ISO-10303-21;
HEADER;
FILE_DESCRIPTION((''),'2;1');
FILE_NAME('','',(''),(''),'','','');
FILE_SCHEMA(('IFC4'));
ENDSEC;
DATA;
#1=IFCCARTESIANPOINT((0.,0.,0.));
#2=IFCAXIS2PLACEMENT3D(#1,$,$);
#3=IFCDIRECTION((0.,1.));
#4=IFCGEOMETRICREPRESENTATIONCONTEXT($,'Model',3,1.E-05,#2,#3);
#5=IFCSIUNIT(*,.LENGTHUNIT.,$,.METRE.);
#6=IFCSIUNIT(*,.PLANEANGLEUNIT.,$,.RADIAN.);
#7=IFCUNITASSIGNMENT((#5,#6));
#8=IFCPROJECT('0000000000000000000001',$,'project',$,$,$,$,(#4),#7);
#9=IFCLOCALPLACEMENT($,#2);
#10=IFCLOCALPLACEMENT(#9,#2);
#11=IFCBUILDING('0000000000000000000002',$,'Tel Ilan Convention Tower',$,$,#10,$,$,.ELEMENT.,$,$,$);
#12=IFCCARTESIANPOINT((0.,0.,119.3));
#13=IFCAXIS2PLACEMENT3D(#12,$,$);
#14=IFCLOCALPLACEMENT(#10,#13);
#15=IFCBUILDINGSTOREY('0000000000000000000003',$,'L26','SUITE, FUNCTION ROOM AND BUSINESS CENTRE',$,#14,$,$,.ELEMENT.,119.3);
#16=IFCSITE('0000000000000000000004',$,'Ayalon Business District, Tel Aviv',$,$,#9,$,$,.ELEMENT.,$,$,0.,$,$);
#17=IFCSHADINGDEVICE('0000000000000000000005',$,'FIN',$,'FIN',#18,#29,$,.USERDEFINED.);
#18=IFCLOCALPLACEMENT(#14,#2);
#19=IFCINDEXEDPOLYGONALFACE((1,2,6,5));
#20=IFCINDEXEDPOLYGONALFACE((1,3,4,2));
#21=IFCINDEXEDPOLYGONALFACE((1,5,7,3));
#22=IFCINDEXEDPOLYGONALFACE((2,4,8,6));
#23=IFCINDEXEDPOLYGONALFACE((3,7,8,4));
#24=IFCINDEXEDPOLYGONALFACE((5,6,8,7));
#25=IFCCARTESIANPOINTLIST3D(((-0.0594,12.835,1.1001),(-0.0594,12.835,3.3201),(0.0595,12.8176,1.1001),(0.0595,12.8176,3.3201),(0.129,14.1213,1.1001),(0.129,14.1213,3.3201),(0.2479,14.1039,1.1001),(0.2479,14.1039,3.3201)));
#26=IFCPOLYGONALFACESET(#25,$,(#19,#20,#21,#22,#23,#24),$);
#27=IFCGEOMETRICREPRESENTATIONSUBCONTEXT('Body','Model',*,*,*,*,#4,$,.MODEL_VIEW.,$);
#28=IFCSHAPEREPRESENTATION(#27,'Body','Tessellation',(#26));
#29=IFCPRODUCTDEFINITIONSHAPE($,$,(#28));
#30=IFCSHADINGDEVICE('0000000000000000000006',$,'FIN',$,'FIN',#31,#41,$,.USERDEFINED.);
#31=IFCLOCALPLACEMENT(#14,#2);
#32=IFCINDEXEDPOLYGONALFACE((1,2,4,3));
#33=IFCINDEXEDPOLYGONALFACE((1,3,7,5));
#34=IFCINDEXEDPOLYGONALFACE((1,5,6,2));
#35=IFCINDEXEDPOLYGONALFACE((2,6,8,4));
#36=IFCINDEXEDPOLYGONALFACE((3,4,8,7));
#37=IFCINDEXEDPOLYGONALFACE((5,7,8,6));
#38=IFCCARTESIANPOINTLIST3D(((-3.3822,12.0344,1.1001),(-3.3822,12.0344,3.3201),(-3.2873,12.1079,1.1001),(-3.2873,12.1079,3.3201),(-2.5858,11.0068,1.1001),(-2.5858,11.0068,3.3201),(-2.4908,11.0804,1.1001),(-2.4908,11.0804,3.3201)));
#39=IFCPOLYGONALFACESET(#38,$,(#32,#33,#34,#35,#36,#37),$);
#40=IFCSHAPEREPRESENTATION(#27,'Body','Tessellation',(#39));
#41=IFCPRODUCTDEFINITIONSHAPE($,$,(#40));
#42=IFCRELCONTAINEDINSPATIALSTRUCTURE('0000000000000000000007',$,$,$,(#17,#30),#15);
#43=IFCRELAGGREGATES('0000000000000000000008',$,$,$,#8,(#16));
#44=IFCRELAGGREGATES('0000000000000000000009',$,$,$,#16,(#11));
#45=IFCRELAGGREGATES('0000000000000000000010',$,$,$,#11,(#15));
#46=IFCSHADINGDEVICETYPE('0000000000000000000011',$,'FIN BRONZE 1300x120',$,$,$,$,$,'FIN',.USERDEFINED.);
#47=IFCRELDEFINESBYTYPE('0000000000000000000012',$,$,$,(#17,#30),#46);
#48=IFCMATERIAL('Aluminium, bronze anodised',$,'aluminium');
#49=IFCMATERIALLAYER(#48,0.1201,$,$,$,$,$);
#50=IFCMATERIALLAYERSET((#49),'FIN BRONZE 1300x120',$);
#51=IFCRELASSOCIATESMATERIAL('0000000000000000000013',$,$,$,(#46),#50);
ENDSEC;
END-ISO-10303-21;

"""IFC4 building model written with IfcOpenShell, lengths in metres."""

from ifc_helpers import new_model, si_unit, direction, frame, origin, origin_2d, place, context, subcontext, project, spatial, rectangle, extrude, material, layer, layer_set, type_object, element, save


model = new_model("IFC4")

# Units and contexts
model_context = context("Model", 3, precision=1e-05, world=origin(), true_north=direction((0.0, 1.0)))
body_context = subcontext(model_context, "Body", "Model", "MODEL_VIEW")
ifc_project = project(units=[si_unit("LENGTHUNIT", "METRE"), si_unit("PLANEANGLEUNIT", "RADIAN")], contexts=[model_context])

# Site, building, storey
site_placement = place(None, origin())
site = spatial("IfcSite", under=ifc_project, at=site_placement, Name="Ayalon Business District, Tel Aviv", CompositionType="ELEMENT", RefElevation=0.0)
building_placement = place(site_placement, origin())
building = spatial("IfcBuilding", under=site, at=building_placement, Name="Tel Ilan Convention Tower", CompositionType="ELEMENT")
storey_placement = place(building_placement, frame((0.0, 0.0, 119.3)))
storey = spatial("IfcBuildingStorey", under=building, at=storey_placement, Name="L26", Description="SUITE, FUNCTION ROOM AND BUSINESS CENTRE", CompositionType="ELEMENT", Elevation=119.3)

# Shading devices
ifc_material_1 = material(Name="Aluminium, bronze anodised", Category="aluminium")
ifc_layer_1 = layer(ifc_material_1, 0.1201)
ifc_layer_set_1 = layer_set([ifc_layer_1], Name="FIN BRONZE 1300x120")
shading_device_type_1 = type_object("IfcShadingDeviceType", Name="FIN BRONZE 1300x120", ElementType="FIN", PredefinedType="USERDEFINED", material=ifc_layer_set_1)
for number, where, z_axis, x_axis, name in (
    (1, (0.0942, 13.4695, 1.1001), (0.0, 0.0, 1.0), (0.144932, 0.989442, 0.0), "FIN"),
    (2, (-2.9365, 11.5574, 1.1001), (0.0, 0.0, 1.0), (-0.612601, 0.790393, 0.0), "FIN"),
):
    element("IfcShadingDevice", number, at=place(storey_placement, frame(where, z_axis=z_axis, x_axis=x_axis)), inside=storey, type_object=shading_device_type_1, Name=name, ObjectType="FIN", PredefinedType="USERDEFINED", context=body_context, shape_type="SweptSolid", body=[
        extrude(rectangle(XDim=1.3, YDim=0.1201, at=origin_2d()), origin(), (0.0, 0.0, 1.0), 2.22),
    ])

save(model, "model.ifc")
